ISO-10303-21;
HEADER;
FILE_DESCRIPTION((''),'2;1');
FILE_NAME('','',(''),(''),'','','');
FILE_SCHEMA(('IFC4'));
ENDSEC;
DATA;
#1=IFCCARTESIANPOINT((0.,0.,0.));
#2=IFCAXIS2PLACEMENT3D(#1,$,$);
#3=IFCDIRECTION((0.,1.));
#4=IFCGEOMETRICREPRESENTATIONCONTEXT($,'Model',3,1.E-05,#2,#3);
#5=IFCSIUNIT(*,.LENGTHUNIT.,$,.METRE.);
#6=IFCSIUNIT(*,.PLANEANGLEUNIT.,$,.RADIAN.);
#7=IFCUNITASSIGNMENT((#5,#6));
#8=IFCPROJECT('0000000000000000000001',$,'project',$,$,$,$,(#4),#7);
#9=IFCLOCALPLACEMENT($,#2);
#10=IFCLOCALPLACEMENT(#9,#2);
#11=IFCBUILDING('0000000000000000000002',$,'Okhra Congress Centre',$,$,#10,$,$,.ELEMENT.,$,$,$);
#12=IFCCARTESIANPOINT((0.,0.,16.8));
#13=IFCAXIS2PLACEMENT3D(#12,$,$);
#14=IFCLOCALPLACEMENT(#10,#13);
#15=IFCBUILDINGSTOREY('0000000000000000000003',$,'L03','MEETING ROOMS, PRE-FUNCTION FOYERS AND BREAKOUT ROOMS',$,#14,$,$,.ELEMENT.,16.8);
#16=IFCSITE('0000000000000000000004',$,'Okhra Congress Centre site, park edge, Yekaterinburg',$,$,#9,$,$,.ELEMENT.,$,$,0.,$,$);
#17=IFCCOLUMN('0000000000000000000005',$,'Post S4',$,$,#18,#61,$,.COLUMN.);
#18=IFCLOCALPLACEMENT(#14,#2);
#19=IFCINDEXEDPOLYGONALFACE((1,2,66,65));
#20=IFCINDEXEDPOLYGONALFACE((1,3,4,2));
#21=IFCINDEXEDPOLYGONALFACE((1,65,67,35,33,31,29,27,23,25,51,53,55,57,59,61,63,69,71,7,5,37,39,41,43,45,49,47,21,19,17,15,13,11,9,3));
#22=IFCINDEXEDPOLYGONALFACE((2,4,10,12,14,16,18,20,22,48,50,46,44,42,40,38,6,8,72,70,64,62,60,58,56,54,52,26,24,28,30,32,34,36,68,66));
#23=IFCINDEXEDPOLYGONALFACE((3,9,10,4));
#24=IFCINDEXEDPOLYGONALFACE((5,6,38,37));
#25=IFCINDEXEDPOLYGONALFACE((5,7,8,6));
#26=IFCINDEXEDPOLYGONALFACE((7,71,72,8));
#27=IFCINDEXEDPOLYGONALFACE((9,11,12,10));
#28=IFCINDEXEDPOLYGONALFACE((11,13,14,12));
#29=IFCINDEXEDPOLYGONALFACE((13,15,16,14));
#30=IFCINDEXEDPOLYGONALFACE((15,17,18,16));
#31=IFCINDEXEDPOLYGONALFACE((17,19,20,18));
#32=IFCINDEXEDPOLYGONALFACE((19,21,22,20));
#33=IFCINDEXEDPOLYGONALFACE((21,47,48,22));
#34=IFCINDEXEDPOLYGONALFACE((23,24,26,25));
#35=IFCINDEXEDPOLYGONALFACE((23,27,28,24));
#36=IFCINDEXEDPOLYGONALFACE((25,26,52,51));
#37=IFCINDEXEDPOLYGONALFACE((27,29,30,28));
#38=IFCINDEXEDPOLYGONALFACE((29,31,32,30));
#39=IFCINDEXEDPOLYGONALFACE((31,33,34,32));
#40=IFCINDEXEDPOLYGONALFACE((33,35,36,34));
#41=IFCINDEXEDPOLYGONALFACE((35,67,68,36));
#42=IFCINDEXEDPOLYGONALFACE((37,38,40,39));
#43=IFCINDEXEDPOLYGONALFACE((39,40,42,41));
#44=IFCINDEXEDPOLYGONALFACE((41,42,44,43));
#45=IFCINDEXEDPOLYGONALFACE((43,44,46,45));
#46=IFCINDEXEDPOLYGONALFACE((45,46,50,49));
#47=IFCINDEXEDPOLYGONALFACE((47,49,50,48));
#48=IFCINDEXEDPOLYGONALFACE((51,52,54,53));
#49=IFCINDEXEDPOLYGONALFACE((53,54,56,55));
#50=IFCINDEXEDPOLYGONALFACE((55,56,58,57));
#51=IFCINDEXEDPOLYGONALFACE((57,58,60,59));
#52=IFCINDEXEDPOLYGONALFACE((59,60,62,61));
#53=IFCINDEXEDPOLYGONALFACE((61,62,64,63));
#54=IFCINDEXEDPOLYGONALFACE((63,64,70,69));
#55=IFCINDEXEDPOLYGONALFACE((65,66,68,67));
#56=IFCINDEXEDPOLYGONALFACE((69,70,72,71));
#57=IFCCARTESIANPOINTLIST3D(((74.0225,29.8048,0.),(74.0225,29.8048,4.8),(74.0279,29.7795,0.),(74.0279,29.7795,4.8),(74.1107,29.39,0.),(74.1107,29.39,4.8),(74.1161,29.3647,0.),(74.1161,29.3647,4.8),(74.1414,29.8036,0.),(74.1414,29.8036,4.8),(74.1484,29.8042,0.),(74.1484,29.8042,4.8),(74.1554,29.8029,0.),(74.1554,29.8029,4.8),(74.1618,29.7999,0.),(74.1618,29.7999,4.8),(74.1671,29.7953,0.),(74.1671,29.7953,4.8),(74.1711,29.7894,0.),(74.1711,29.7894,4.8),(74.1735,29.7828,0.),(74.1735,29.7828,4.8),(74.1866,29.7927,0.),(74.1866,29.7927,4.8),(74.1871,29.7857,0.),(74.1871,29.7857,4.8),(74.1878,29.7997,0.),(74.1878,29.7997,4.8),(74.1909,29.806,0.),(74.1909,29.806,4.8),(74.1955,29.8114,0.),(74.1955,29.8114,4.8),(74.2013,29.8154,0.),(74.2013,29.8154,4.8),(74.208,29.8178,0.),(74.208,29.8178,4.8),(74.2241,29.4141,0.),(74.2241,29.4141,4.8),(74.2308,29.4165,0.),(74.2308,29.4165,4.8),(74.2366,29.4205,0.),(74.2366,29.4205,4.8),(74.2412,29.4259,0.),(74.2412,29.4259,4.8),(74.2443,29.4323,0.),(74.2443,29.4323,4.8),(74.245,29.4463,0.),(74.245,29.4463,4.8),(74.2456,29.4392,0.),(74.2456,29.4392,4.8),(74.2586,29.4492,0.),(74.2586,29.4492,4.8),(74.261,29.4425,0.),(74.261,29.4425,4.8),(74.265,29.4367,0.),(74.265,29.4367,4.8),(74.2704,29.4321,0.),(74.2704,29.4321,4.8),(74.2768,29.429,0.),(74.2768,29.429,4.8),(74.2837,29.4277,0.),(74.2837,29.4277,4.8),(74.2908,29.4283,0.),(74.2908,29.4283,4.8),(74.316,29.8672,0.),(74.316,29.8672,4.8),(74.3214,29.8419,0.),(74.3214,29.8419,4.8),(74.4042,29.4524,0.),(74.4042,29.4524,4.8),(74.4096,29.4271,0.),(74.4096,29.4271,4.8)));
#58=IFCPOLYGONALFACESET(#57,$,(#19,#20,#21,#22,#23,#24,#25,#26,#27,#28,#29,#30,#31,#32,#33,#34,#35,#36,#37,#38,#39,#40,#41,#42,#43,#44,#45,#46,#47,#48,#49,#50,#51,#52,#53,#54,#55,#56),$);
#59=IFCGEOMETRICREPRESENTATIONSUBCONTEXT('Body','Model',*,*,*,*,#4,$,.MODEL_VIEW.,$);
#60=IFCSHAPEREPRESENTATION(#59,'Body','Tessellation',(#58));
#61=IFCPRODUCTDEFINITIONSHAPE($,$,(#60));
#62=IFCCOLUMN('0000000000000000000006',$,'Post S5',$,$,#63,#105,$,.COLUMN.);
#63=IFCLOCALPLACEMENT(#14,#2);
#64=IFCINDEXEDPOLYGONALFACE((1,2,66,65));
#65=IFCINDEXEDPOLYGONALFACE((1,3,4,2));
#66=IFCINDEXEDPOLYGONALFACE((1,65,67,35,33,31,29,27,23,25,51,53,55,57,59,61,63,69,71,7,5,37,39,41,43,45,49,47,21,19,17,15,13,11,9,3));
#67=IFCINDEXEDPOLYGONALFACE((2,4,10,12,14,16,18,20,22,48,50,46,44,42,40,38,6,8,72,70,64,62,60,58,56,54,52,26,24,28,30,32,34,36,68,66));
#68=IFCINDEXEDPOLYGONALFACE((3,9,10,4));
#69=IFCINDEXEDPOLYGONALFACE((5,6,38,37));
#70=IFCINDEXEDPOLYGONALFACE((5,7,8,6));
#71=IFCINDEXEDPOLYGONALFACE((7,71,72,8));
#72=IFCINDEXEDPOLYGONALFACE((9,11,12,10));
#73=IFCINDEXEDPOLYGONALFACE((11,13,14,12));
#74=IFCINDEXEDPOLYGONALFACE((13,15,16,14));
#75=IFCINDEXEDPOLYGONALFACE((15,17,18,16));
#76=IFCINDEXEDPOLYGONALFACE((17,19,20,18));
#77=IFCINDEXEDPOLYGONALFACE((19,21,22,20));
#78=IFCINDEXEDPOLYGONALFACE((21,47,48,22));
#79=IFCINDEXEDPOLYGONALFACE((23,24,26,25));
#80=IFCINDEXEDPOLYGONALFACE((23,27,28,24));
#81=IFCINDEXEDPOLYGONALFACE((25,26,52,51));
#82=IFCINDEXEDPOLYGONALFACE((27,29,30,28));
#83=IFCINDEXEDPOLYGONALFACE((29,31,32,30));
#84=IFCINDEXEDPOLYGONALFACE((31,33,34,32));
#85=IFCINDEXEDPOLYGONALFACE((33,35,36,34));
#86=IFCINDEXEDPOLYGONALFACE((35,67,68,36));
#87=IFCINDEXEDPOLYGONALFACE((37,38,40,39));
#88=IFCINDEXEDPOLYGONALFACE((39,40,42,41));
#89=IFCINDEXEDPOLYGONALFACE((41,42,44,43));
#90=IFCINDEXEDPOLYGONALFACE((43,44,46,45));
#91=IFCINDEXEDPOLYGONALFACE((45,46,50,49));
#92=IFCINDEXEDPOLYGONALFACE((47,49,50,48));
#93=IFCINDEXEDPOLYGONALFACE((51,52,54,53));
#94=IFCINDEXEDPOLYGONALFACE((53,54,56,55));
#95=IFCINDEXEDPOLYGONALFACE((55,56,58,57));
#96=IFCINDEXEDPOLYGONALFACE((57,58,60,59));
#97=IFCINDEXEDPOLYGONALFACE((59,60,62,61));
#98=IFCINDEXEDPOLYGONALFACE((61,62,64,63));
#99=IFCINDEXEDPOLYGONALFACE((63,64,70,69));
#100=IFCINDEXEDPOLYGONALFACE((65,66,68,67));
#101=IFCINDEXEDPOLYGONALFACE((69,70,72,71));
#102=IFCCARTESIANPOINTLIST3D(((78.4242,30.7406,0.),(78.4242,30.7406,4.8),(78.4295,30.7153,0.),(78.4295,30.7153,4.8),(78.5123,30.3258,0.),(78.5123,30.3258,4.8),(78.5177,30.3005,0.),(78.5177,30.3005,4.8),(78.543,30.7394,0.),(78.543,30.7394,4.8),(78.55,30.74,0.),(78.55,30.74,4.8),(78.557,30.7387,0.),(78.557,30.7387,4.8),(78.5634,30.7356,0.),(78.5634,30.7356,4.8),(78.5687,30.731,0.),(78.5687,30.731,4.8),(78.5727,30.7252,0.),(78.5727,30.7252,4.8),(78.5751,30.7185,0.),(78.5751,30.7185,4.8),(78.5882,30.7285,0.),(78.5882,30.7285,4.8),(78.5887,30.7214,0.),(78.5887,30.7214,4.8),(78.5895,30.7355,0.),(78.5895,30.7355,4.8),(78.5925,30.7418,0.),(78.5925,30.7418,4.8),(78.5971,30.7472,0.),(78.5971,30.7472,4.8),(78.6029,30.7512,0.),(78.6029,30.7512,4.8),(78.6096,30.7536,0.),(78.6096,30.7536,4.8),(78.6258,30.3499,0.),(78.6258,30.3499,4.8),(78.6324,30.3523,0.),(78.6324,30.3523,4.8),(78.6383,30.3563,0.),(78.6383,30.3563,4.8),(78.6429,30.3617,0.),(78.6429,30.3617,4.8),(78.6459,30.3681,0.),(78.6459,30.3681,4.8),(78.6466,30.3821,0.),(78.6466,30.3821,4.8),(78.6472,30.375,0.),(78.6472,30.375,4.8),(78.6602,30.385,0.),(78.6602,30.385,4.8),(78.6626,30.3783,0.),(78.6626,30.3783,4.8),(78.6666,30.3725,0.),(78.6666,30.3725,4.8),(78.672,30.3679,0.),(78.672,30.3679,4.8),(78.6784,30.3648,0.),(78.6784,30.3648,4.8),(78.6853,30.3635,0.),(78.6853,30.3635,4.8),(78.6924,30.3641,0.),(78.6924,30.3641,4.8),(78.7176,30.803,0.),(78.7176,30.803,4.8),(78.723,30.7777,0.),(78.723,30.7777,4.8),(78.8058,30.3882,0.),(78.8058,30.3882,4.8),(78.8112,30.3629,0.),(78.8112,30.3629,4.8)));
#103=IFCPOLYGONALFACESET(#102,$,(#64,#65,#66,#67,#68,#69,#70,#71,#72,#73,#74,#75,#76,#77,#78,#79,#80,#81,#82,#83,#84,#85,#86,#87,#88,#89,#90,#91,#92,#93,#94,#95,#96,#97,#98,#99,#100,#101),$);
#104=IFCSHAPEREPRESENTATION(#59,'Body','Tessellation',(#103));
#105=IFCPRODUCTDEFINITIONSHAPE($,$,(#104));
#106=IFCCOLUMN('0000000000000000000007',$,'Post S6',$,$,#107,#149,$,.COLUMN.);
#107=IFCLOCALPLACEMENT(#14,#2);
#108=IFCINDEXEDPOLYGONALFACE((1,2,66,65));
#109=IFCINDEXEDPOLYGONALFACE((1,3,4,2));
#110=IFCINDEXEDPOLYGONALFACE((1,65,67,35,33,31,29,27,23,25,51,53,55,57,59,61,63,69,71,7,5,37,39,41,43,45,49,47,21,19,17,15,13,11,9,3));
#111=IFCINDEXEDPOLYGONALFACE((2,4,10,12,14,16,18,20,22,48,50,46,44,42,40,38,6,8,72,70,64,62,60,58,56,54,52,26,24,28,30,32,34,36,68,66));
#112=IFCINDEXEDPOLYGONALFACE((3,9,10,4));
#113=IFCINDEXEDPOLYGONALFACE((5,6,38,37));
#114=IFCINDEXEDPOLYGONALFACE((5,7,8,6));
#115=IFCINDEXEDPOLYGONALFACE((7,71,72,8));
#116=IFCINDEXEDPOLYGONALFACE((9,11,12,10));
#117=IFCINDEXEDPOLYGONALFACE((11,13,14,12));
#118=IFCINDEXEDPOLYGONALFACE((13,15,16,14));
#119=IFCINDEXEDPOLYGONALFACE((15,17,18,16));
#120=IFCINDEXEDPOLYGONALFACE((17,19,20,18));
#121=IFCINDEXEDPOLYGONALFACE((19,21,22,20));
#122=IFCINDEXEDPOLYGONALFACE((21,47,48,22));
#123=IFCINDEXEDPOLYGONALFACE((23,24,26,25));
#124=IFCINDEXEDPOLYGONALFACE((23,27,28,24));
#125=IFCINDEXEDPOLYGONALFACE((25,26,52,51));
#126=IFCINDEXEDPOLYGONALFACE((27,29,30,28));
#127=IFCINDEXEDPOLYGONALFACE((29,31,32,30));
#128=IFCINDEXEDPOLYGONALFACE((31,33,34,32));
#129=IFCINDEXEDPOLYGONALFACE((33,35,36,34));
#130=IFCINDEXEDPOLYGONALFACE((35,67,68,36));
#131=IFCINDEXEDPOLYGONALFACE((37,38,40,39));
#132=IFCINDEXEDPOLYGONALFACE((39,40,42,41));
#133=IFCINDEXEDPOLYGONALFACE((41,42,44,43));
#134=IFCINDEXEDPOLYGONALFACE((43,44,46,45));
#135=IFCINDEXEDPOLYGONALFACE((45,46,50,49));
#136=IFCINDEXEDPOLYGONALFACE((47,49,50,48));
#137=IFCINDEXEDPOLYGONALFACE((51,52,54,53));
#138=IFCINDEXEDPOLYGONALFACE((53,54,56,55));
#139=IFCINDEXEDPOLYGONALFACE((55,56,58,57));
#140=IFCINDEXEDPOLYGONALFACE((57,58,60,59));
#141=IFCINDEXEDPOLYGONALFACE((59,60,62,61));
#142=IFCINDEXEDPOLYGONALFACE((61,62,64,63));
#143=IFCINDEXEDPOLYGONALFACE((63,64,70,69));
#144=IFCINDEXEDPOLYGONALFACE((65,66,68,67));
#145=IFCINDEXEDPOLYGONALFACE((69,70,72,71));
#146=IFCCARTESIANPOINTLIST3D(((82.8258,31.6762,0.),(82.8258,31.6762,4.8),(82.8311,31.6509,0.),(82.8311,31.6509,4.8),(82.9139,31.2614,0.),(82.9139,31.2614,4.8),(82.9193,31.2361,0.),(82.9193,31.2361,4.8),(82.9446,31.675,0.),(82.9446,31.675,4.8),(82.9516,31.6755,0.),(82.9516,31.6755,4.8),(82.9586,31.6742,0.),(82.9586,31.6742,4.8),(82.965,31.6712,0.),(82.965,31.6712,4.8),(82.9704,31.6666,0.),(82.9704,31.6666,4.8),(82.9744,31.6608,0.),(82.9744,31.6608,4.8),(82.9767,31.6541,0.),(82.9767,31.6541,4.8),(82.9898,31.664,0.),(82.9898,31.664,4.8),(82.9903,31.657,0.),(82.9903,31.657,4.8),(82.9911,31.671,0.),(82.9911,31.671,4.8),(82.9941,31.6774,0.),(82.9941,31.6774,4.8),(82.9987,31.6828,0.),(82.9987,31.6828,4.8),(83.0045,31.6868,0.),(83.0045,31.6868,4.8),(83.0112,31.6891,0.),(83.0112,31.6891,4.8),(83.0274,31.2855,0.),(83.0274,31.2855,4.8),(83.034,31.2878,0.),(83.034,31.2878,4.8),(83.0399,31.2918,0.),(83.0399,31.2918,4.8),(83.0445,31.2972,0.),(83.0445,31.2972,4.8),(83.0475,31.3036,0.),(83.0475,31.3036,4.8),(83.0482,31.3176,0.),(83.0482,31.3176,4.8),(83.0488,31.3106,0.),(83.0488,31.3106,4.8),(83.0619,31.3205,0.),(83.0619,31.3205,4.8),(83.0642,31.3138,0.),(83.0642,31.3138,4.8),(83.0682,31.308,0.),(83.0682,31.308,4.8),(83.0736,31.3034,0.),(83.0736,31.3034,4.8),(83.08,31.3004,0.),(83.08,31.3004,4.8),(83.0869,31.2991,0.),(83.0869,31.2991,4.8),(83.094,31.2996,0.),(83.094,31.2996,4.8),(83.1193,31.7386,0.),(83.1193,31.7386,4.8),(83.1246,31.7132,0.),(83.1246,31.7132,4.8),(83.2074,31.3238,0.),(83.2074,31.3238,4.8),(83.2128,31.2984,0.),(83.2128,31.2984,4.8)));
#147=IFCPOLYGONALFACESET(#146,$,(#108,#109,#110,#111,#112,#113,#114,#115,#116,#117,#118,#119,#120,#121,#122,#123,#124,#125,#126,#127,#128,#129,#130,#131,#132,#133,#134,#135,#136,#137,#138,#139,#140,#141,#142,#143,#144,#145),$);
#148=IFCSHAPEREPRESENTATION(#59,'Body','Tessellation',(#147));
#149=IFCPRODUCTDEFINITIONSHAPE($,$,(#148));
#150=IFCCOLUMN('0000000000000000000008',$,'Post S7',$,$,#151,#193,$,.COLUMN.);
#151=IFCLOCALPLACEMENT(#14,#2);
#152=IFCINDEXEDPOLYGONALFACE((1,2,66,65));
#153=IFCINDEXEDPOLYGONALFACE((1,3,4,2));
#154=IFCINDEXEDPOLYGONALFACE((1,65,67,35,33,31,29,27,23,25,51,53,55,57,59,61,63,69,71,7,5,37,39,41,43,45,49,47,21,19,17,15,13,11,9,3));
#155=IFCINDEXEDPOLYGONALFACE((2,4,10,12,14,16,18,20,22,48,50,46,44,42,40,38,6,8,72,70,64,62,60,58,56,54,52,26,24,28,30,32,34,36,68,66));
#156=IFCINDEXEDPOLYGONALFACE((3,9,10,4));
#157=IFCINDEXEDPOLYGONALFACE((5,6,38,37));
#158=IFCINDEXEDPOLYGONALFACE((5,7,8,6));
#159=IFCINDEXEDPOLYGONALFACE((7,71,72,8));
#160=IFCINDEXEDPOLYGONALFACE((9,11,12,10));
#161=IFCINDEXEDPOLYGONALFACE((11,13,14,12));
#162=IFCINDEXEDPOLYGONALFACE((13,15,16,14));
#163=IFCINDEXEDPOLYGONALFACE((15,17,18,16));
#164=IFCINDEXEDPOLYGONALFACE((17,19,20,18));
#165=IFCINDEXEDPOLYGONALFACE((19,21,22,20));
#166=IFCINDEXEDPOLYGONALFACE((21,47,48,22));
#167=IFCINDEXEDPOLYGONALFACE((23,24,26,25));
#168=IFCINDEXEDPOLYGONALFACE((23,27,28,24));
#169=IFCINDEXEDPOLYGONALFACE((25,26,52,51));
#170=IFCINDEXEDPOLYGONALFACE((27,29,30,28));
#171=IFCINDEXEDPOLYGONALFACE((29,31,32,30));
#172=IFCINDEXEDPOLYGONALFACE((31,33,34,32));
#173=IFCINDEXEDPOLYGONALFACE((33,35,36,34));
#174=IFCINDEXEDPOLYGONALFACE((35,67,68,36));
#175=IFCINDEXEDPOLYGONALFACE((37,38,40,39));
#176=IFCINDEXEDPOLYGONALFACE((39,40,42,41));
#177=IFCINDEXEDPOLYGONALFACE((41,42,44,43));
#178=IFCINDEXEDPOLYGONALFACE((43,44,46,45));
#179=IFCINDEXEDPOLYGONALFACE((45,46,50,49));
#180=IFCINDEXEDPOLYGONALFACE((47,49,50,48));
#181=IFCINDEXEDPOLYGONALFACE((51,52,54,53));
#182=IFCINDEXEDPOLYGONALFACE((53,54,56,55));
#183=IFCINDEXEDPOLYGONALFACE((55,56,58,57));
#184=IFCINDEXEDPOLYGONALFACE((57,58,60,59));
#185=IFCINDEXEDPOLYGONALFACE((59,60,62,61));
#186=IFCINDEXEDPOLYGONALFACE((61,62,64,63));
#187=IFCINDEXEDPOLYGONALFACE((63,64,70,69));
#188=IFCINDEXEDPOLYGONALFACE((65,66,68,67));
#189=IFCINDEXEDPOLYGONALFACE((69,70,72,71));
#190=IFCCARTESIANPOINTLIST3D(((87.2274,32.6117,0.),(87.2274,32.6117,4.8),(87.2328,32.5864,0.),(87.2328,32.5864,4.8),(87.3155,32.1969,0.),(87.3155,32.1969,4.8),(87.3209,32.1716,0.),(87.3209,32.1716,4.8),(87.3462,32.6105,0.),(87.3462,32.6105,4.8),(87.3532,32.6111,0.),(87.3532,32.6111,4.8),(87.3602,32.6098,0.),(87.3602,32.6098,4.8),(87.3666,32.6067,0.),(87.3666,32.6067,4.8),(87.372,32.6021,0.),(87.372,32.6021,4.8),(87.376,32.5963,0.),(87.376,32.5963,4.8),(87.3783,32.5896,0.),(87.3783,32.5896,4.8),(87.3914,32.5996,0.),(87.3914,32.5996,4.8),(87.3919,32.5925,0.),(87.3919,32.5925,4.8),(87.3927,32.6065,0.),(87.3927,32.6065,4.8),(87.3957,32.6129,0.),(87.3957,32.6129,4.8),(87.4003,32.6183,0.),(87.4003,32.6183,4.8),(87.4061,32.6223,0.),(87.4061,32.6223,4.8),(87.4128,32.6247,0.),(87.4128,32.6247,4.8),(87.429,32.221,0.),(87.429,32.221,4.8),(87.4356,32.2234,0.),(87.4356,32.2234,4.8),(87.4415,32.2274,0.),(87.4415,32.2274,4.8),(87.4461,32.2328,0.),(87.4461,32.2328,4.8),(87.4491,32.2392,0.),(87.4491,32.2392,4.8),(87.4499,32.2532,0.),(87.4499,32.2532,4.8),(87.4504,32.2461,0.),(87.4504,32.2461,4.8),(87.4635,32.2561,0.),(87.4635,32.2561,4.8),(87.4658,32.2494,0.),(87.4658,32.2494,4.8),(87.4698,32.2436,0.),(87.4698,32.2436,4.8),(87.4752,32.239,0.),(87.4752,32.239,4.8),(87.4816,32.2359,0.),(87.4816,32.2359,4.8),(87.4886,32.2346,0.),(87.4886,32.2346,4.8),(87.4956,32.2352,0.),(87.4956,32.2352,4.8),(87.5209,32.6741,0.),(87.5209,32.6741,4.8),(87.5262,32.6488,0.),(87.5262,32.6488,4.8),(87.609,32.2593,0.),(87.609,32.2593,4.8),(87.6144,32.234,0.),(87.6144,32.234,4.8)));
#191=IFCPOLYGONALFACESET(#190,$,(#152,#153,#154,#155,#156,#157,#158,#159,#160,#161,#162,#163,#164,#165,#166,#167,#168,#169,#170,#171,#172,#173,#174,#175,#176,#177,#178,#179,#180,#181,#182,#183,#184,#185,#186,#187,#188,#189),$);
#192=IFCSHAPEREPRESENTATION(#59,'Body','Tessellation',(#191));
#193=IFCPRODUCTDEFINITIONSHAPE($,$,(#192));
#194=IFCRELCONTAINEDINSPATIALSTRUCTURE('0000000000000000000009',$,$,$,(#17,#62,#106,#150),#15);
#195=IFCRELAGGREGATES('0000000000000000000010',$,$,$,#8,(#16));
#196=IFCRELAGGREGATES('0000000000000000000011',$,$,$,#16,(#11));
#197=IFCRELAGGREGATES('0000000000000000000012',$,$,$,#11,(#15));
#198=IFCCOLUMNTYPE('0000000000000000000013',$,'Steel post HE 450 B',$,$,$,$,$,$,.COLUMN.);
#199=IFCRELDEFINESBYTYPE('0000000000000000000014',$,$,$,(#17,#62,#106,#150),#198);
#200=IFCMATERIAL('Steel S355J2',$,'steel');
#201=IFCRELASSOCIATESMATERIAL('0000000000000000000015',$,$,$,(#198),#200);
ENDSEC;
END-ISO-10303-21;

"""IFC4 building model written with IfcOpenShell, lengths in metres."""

from ifc_helpers import new_model, si_unit, direction, frame, origin, origin_2d, place, context, subcontext, project, spatial, i_section, extrude, material, material_profile, profile_set, type_object, element, save


model = new_model("IFC4")

# Units and contexts
model_context = context("Model", 3, precision=1e-05, world=origin(), true_north=direction((0.0, 1.0)))
body_context = subcontext(model_context, "Body", "Model", "MODEL_VIEW")
ifc_project = project(units=[si_unit("LENGTHUNIT", "METRE"), si_unit("PLANEANGLEUNIT", "RADIAN")], contexts=[model_context])

# Site, building, storey
site_placement = place(None, origin())
site = spatial("IfcSite", under=ifc_project, at=site_placement, Name="Okhra Congress Centre site, park edge, Yekaterinburg", CompositionType="ELEMENT", RefElevation=0.0)
building_placement = place(site_placement, origin())
building = spatial("IfcBuilding", under=site, at=building_placement, Name="Okhra Congress Centre", CompositionType="ELEMENT")
storey_placement = place(building_placement, frame((0.0, 0.0, 16.8)))
storey = spatial("IfcBuildingStorey", under=building, at=storey_placement, Name="L03", Description="MEETING ROOMS, PRE-FUNCTION FOYERS AND BREAKOUT ROOMS", CompositionType="ELEMENT", Elevation=16.8)

# Columns
ifc_material_1 = material(Name="Steel S355J2", Category="steel")
ifc_material_profile_1 = material_profile(ifc_material_1, i_section(OverallWidth=0.3, OverallDepth=0.45, WebThickness=0.0139, FlangeThickness=0.0259, FilletRadius=0.0271, at=origin_2d()), Name="HE 450 B")
ifc_profile_set_1 = profile_set([ifc_material_profile_1], Name="Steel S355J2")
column_type = type_object("IfcColumnType", Name="Steel post HE 450 B", PredefinedType="COLUMN", material=ifc_profile_set_1)
for number, where, z_axis, x_axis, name in (
    (1, (74.2161, 29.616, 0.0), (0.0, 0.0, 1.0), (0.978148, 0.207912, 0.0), "Post S4"),
    (2, (78.6177, 30.5518, 0.0), (0.0, 0.0, 1.0), (0.978148, 0.207912, 0.0), "Post S5"),
    (3, (83.0193, 31.4873, 0.0), (0.0, 0.0, 1.0), (0.978148, 0.207912, 0.0), "Post S6"),
    (4, (87.4209, 32.4229, 0.0), (0.0, 0.0, 1.0), (0.978148, 0.207912, 0.0), "Post S7"),
):
    element("IfcColumn", number, at=place(storey_placement, frame(where, z_axis=z_axis, x_axis=x_axis)), inside=storey, type_object=column_type, Name=name, PredefinedType="COLUMN", context=body_context, shape_type="SweptSolid", body=[
        extrude(i_section(OverallWidth=0.3, OverallDepth=0.45, WebThickness=0.0139, FlangeThickness=0.0259, FilletRadius=0.0271, at=origin_2d()), origin(), (0.0, 0.0, 1.0), 4.8),
    ])

save(model, "model.ifc")
